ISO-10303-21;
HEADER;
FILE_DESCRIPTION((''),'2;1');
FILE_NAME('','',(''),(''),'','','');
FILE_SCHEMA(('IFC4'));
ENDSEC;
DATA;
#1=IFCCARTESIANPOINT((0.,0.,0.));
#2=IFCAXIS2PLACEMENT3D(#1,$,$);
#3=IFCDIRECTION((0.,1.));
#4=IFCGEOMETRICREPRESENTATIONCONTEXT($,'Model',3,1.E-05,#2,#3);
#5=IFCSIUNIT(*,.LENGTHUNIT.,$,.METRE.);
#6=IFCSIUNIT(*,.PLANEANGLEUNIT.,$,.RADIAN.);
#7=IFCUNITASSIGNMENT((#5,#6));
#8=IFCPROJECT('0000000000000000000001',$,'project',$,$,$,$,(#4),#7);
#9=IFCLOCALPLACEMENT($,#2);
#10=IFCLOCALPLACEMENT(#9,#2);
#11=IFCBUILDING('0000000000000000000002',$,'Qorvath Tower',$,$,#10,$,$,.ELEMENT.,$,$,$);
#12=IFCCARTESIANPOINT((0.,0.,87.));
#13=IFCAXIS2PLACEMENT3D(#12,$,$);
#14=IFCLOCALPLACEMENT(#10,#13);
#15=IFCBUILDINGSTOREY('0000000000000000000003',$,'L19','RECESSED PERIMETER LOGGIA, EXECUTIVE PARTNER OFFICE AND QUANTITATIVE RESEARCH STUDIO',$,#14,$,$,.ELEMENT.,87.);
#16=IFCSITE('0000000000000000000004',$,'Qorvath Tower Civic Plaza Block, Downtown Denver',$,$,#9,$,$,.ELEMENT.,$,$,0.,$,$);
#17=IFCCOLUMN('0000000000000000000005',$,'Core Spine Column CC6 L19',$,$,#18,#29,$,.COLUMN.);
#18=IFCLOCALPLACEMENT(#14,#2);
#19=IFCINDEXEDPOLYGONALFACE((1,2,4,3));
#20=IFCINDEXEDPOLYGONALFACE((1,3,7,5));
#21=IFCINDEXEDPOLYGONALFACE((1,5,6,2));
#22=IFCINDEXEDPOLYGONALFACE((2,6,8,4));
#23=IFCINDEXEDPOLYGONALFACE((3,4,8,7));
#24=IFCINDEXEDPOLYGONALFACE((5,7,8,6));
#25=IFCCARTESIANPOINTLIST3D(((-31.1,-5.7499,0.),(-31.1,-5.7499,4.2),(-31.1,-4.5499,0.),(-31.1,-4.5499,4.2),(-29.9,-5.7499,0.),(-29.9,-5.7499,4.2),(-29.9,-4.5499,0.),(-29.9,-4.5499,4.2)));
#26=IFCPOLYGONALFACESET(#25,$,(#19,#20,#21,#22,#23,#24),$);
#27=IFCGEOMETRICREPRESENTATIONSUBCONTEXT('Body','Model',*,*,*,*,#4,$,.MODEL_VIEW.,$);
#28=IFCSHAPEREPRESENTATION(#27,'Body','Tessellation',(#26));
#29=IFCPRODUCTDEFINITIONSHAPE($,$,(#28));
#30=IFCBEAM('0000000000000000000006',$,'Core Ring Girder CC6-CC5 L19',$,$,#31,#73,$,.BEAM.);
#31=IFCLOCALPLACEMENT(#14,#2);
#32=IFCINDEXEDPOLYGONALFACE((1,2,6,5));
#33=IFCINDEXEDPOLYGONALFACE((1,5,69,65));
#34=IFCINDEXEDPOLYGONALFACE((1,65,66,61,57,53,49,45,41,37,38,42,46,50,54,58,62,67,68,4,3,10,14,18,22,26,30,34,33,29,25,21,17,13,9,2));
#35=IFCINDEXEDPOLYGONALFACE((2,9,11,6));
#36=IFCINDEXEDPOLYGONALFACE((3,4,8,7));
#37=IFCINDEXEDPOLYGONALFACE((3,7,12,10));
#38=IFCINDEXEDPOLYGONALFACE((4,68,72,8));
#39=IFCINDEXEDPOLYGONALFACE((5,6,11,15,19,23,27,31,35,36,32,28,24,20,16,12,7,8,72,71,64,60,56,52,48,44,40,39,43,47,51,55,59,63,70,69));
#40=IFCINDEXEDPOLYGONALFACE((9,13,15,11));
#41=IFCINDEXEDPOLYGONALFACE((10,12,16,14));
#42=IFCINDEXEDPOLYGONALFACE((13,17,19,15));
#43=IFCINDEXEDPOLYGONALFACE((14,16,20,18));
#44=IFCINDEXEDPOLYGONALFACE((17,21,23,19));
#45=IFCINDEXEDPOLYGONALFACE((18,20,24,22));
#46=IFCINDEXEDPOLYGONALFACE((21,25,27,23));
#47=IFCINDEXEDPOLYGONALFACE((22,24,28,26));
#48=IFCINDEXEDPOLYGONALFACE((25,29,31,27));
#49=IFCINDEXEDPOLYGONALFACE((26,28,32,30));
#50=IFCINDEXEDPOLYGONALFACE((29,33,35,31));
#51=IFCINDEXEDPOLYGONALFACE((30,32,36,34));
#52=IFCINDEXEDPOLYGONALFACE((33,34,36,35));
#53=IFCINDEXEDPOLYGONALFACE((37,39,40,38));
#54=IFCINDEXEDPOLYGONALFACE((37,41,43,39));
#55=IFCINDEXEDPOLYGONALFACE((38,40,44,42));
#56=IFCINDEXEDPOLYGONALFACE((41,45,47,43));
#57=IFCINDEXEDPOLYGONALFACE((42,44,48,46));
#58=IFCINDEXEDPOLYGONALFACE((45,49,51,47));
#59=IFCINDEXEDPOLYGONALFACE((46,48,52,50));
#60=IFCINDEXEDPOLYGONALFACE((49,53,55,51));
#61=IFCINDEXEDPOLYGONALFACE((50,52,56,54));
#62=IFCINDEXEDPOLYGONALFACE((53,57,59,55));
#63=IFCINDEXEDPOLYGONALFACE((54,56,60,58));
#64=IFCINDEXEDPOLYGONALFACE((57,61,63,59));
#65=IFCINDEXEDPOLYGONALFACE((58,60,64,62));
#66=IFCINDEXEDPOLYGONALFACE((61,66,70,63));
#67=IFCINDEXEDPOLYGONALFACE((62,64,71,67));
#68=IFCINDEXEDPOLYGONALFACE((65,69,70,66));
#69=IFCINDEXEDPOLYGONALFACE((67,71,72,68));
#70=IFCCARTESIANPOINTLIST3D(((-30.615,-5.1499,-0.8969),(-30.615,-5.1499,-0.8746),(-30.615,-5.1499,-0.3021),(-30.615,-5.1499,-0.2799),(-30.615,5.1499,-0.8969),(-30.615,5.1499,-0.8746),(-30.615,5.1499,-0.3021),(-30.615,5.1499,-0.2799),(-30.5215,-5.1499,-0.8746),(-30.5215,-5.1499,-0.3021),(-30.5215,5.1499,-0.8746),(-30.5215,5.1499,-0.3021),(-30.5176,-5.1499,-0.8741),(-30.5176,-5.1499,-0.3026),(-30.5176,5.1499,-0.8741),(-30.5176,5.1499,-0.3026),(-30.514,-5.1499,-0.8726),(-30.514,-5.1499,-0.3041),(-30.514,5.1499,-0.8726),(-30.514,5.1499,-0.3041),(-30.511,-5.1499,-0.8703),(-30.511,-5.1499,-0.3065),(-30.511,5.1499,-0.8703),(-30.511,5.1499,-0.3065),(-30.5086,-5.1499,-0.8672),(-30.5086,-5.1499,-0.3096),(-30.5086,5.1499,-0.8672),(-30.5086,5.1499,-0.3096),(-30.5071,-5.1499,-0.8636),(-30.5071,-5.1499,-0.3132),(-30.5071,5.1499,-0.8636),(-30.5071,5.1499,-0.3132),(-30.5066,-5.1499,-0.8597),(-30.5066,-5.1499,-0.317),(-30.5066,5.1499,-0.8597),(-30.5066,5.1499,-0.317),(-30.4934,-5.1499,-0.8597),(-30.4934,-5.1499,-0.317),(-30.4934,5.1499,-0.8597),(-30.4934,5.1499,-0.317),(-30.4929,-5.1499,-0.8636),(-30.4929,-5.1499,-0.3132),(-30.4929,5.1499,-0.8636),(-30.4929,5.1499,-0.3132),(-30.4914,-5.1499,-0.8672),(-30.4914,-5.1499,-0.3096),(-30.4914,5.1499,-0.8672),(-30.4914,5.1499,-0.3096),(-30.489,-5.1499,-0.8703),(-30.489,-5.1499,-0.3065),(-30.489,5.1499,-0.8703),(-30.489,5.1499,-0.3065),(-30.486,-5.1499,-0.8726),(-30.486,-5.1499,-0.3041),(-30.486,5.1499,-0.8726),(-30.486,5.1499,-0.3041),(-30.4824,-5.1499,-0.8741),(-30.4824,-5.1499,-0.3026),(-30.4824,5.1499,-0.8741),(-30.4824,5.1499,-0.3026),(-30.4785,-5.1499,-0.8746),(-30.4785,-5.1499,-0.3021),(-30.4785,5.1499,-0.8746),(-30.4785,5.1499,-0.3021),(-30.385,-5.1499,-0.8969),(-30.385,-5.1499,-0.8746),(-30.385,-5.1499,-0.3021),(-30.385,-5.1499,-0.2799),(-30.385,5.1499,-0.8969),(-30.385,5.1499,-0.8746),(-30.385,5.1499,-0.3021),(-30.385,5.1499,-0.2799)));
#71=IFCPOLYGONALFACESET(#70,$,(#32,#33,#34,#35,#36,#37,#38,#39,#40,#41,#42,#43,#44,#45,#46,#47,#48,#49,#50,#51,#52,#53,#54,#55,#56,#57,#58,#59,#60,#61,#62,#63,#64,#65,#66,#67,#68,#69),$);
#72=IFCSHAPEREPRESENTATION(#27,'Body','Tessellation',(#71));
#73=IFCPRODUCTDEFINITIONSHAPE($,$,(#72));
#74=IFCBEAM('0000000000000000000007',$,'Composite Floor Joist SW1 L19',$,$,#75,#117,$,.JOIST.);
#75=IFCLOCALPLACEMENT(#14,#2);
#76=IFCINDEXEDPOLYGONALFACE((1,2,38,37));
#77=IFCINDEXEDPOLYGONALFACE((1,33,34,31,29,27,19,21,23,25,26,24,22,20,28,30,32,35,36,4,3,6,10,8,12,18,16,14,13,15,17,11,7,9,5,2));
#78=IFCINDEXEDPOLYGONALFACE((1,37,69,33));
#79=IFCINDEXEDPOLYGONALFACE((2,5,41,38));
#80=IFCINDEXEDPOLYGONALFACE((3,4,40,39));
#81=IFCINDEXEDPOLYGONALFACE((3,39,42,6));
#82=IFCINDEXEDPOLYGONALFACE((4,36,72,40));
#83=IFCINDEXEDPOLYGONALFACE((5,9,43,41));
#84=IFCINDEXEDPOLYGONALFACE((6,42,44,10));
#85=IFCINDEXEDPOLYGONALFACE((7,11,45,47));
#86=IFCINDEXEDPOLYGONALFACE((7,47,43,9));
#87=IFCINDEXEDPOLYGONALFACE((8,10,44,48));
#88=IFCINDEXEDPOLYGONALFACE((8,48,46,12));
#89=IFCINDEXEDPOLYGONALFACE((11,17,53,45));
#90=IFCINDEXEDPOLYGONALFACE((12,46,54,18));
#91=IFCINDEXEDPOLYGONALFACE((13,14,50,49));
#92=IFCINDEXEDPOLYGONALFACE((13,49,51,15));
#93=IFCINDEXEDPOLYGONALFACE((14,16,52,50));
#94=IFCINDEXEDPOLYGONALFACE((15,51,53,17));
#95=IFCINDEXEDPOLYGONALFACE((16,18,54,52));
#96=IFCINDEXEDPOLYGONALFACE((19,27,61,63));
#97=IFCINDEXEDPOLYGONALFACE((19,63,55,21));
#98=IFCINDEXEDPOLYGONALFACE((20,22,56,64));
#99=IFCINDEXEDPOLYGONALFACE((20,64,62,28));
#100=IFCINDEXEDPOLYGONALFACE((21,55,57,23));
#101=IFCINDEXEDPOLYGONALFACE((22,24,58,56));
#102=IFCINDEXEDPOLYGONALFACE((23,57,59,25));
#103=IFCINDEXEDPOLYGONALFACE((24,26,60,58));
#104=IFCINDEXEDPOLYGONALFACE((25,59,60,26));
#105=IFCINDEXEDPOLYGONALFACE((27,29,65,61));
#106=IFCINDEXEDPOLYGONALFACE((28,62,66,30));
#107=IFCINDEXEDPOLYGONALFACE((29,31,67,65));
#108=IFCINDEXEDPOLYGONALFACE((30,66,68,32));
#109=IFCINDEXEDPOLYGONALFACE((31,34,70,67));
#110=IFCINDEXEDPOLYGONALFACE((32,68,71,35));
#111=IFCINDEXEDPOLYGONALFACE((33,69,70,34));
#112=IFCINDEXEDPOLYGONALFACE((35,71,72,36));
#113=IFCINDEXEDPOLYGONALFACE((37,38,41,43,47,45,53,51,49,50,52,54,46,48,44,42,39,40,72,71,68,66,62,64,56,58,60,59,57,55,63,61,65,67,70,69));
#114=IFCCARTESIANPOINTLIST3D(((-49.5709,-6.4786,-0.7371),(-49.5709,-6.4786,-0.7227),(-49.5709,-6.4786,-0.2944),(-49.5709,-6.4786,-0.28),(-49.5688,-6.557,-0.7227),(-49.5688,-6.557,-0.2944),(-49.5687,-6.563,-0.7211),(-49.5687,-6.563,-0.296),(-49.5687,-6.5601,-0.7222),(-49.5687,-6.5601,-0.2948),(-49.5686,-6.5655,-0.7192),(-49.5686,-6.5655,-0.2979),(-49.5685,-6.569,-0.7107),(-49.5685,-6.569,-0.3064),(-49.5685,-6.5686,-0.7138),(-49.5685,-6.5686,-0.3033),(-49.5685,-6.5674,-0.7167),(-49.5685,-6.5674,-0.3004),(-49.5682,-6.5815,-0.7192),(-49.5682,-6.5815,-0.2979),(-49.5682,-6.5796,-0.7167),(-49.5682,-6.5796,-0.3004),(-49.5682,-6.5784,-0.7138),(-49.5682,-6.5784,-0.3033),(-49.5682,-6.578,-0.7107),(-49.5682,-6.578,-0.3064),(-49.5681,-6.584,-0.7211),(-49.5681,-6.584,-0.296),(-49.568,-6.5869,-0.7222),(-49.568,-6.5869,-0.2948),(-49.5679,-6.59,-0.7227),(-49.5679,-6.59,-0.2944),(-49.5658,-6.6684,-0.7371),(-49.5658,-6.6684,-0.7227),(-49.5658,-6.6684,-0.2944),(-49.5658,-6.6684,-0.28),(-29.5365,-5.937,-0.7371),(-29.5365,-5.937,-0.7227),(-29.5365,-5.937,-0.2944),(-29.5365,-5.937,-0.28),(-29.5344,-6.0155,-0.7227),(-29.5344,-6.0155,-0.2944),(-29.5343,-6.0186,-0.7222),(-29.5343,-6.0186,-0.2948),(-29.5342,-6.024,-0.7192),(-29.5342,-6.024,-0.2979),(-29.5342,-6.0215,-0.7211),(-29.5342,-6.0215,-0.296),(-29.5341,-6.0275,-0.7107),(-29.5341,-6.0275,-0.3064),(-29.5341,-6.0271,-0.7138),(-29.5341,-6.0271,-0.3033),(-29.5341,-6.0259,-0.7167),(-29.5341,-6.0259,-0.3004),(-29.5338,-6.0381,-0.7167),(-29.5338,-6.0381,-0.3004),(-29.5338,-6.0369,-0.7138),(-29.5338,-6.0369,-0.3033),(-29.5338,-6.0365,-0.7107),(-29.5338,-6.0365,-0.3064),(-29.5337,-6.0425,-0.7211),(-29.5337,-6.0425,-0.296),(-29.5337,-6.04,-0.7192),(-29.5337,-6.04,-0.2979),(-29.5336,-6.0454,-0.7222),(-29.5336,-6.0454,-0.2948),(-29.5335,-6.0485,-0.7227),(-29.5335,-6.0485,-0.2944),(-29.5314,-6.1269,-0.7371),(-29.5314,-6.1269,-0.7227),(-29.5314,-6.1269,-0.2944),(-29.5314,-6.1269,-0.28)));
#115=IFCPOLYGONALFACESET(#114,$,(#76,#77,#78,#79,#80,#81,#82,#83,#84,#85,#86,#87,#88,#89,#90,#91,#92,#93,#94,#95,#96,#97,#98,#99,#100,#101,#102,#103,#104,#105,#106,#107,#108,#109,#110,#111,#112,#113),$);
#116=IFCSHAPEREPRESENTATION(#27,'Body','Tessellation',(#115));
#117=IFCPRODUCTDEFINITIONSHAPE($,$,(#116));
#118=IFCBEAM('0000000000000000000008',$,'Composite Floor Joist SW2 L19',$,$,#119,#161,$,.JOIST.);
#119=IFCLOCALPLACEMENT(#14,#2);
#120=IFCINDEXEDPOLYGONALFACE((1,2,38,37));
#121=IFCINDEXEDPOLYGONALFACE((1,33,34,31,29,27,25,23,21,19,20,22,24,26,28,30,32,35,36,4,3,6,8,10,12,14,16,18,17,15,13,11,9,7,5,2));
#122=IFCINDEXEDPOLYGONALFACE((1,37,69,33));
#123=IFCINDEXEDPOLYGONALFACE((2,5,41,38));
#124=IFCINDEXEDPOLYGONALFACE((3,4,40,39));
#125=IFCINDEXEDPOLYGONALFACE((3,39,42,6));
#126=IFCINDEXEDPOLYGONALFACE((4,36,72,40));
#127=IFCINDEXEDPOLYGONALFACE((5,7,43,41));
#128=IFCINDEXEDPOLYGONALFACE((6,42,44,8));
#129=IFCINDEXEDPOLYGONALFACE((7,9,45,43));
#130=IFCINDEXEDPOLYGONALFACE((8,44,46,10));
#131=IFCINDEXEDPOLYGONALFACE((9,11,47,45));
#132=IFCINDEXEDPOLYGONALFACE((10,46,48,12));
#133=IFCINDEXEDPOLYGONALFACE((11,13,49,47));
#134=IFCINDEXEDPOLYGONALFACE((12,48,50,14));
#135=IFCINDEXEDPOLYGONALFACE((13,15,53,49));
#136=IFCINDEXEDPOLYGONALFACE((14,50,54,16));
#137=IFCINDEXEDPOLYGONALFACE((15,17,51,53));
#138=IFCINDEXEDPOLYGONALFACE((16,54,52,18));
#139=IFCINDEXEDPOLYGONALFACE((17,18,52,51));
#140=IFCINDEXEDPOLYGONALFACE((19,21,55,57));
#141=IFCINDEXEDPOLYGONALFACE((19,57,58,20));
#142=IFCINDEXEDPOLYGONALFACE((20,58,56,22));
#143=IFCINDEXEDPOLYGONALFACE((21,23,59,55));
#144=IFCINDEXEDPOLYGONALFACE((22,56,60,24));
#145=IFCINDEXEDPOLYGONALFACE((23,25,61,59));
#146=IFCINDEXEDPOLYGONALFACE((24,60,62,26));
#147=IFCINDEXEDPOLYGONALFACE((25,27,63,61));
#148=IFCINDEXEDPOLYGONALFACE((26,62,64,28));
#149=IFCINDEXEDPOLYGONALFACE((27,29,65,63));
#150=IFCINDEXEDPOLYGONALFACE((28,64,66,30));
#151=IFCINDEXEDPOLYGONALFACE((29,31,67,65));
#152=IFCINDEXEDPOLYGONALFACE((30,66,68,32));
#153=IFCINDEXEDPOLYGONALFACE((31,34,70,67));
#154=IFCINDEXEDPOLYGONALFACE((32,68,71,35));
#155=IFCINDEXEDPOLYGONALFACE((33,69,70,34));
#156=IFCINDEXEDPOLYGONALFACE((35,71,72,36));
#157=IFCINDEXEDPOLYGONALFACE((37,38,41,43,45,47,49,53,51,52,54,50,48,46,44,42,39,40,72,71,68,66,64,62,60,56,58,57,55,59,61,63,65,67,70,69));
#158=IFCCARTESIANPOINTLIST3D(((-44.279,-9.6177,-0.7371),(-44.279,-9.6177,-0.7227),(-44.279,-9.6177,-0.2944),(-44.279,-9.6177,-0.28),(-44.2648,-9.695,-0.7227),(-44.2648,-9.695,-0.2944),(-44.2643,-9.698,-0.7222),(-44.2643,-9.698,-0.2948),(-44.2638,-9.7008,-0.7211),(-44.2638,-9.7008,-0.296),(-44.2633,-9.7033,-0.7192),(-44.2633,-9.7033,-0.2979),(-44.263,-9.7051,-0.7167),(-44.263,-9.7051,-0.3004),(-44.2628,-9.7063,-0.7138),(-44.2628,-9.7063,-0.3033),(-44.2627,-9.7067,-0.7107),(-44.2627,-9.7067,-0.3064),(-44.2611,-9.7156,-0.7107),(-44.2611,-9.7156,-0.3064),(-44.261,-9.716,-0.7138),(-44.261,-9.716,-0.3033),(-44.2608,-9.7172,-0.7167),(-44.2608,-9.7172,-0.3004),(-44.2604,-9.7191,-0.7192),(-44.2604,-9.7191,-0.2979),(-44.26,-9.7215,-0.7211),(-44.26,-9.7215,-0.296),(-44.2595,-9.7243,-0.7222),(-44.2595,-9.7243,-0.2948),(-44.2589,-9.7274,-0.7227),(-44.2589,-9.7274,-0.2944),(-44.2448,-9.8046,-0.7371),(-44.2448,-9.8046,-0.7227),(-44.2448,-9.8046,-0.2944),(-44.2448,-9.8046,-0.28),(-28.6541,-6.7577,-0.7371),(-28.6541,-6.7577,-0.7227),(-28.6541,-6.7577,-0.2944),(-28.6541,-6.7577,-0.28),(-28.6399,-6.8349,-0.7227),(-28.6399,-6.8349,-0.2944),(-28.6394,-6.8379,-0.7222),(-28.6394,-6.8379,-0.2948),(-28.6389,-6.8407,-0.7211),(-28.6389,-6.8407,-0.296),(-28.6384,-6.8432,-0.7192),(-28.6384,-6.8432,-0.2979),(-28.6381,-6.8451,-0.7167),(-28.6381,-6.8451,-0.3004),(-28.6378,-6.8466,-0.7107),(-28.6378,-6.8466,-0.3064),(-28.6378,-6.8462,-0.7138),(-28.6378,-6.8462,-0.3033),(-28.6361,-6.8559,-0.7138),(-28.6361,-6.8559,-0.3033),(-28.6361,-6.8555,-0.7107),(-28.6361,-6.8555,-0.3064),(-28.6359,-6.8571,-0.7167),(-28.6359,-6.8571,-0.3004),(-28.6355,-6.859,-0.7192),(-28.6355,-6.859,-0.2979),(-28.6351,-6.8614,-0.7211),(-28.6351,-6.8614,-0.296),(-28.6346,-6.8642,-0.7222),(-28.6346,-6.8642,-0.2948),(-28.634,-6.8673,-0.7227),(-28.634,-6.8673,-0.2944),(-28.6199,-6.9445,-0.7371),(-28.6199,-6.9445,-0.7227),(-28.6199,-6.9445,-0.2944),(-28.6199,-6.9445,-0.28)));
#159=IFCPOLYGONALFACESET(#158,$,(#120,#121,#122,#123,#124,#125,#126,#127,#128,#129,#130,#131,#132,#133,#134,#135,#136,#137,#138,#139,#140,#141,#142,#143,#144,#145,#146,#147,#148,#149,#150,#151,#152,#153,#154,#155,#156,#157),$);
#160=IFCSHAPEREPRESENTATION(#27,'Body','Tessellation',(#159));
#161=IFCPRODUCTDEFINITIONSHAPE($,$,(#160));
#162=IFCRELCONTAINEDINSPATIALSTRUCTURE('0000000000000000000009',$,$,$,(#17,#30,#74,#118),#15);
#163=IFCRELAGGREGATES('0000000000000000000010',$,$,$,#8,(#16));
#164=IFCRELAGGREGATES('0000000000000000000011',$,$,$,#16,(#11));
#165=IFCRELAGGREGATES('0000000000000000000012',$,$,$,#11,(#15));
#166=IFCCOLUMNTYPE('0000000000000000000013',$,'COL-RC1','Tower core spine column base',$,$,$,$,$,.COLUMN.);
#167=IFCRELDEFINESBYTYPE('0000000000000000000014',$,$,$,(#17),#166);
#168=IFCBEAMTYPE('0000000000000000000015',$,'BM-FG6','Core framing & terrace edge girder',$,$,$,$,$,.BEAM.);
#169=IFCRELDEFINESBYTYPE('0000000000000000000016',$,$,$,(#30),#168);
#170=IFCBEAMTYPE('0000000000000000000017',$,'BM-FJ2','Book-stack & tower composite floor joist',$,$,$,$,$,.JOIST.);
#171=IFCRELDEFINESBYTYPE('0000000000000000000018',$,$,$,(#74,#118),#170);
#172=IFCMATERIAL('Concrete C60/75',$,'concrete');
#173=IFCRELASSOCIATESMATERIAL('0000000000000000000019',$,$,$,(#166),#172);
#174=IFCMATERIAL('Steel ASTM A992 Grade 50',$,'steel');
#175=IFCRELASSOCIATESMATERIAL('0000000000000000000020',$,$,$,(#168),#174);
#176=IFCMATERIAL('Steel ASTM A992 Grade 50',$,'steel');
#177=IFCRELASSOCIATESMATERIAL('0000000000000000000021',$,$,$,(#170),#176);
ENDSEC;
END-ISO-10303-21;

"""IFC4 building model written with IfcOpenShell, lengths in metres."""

from ifc_helpers import new_model, si_unit, direction, frame, origin, origin_2d, place, context, subcontext, project, spatial, rectangle, i_section, extrude, material, material_profile, profile_set, type_object, element, save


model = new_model("IFC4")

# Units and contexts
model_context = context("Model", 3, precision=1e-05, world=origin(), true_north=direction((0.0, 1.0)))
body_context = subcontext(model_context, "Body", "Model", "MODEL_VIEW")
ifc_project = project(units=[si_unit("LENGTHUNIT", "METRE"), si_unit("PLANEANGLEUNIT", "RADIAN")], contexts=[model_context])

# Site, building, storey
site_placement = place(None, origin())
site = spatial("IfcSite", under=ifc_project, at=site_placement, Name="Qorvath Tower Civic Plaza Block, Downtown Denver", CompositionType="ELEMENT", RefElevation=0.0)
building_placement = place(site_placement, origin())
building = spatial("IfcBuilding", under=site, at=building_placement, Name="Qorvath Tower", CompositionType="ELEMENT")
storey_placement = place(building_placement, frame((0.0, 0.0, 87.0)))
storey = spatial("IfcBuildingStorey", under=building, at=storey_placement, Name="L19", Description="RECESSED PERIMETER LOGGIA, EXECUTIVE PARTNER OFFICE AND QUANTITATIVE RESEARCH STUDIO", CompositionType="ELEMENT", Elevation=87.0)

# Column
ifc_material_1 = material(Name="Concrete C60/75", Category="concrete")
ifc_material_profile_1 = material_profile(ifc_material_1, rectangle(XDim=1.2, YDim=1.2, at=origin_2d()), Name="RC 1200x1200")
ifc_profile_set_1 = profile_set([ifc_material_profile_1], Name="Concrete C60/75")
column_type = type_object("IfcColumnType", Name="COL-RC1", Description="Tower core spine column base", PredefinedType="COLUMN", material=ifc_profile_set_1)
column_placement = place(storey_placement, frame((-30.5, -5.1499, 0.0), z_axis=(0.0, 0.0, 1.0), x_axis=(1.0, 0.0, 0.0)))
element("IfcColumn", 1, at=column_placement, inside=storey, type_object=column_type, Name="Core Spine Column CC6 L19", PredefinedType="COLUMN", context=body_context, shape_type="SweptSolid", body=[
    extrude(rectangle(XDim=1.2, YDim=1.2, at=origin_2d()), origin(), (0.0, 0.0, 1.0), 4.2),
])

# Beams
ifc_material_2 = material(Name="Steel ASTM A992 Grade 50", Category="steel")
ifc_material_profile_2 = material_profile(ifc_material_2, i_section(OverallWidth=0.23, OverallDepth=0.6169, WebThickness=0.0132, FlangeThickness=0.0222, FilletRadius=0.0149, at=origin_2d()), Name="W24x94")
ifc_profile_set_2 = profile_set([ifc_material_profile_2], Name="Steel ASTM A992 Grade 50")
beam_type_1 = type_object("IfcBeamType", Name="BM-FG6", Description="Core framing & terrace edge girder", PredefinedType="BEAM", material=ifc_profile_set_2)
beam_1_placement = place(storey_placement, frame((-30.5, -5.1499, -0.5884), z_axis=(0.0, 1.0, 0.0), x_axis=(-1.0, 0.0, 0.0)))
element("IfcBeam", 2, at=beam_1_placement, inside=storey, type_object=beam_type_1, Name="Core Ring Girder CC6-CC5 L19", PredefinedType="BEAM", context=body_context, shape_type="SweptSolid", body=[
    extrude(i_section(OverallWidth=0.23, OverallDepth=0.6169, WebThickness=0.0132, FlangeThickness=0.0222, FilletRadius=0.0149, at=origin_2d()), origin(), (0.0, 0.0, 1.0), 10.2998),
])
ifc_material_3 = material(Name="Steel ASTM A992 Grade 50", Category="steel")
ifc_material_profile_3 = material_profile(ifc_material_3, i_section(OverallWidth=0.1899, OverallDepth=0.457, WebThickness=0.009, FlangeThickness=0.0144, FilletRadius=0.012, at=origin_2d()), Name="W18x50")
ifc_profile_set_3 = profile_set([ifc_material_profile_3], Name="Steel ASTM A992 Grade 50")
beam_type_2 = type_object("IfcBeamType", Name="BM-FJ2", Description="Book-stack & tower composite floor joist", PredefinedType="JOIST", material=ifc_profile_set_3)
beam_2_placement = place(storey_placement, frame((-29.5339, -6.032, -0.5085), z_axis=(-0.999635, -0.027019, 0.0), x_axis=(0.027019, -0.999635, 0.0)))
element("IfcBeam", 3, at=beam_2_placement, inside=storey, type_object=beam_type_2, Name="Composite Floor Joist SW1 L19", PredefinedType="JOIST", context=body_context, shape_type="SweptSolid", body=[
    extrude(i_section(OverallWidth=0.1899, OverallDepth=0.457, WebThickness=0.009, FlangeThickness=0.0144, FilletRadius=0.012, at=origin_2d()), origin(), (0.0, 0.0, 1.0), 20.0417),
])
beam_3_placement = place(storey_placement, frame((-28.637, -6.8511, -0.5085), z_axis=(-0.983656, -0.180055, 0.0), x_axis=(0.180055, -0.983656, 0.0)))
element("IfcBeam", 4, at=beam_3_placement, inside=storey, type_object=beam_type_2, Name="Composite Floor Joist SW2 L19", PredefinedType="JOIST", context=body_context, shape_type="SweptSolid", body=[
    extrude(i_section(OverallWidth=0.1899, OverallDepth=0.457, WebThickness=0.009, FlangeThickness=0.0144, FilletRadius=0.012, at=origin_2d()), origin(), (0.0, 0.0, 1.0), 15.8845),
])

save(model, "model.ifc")
